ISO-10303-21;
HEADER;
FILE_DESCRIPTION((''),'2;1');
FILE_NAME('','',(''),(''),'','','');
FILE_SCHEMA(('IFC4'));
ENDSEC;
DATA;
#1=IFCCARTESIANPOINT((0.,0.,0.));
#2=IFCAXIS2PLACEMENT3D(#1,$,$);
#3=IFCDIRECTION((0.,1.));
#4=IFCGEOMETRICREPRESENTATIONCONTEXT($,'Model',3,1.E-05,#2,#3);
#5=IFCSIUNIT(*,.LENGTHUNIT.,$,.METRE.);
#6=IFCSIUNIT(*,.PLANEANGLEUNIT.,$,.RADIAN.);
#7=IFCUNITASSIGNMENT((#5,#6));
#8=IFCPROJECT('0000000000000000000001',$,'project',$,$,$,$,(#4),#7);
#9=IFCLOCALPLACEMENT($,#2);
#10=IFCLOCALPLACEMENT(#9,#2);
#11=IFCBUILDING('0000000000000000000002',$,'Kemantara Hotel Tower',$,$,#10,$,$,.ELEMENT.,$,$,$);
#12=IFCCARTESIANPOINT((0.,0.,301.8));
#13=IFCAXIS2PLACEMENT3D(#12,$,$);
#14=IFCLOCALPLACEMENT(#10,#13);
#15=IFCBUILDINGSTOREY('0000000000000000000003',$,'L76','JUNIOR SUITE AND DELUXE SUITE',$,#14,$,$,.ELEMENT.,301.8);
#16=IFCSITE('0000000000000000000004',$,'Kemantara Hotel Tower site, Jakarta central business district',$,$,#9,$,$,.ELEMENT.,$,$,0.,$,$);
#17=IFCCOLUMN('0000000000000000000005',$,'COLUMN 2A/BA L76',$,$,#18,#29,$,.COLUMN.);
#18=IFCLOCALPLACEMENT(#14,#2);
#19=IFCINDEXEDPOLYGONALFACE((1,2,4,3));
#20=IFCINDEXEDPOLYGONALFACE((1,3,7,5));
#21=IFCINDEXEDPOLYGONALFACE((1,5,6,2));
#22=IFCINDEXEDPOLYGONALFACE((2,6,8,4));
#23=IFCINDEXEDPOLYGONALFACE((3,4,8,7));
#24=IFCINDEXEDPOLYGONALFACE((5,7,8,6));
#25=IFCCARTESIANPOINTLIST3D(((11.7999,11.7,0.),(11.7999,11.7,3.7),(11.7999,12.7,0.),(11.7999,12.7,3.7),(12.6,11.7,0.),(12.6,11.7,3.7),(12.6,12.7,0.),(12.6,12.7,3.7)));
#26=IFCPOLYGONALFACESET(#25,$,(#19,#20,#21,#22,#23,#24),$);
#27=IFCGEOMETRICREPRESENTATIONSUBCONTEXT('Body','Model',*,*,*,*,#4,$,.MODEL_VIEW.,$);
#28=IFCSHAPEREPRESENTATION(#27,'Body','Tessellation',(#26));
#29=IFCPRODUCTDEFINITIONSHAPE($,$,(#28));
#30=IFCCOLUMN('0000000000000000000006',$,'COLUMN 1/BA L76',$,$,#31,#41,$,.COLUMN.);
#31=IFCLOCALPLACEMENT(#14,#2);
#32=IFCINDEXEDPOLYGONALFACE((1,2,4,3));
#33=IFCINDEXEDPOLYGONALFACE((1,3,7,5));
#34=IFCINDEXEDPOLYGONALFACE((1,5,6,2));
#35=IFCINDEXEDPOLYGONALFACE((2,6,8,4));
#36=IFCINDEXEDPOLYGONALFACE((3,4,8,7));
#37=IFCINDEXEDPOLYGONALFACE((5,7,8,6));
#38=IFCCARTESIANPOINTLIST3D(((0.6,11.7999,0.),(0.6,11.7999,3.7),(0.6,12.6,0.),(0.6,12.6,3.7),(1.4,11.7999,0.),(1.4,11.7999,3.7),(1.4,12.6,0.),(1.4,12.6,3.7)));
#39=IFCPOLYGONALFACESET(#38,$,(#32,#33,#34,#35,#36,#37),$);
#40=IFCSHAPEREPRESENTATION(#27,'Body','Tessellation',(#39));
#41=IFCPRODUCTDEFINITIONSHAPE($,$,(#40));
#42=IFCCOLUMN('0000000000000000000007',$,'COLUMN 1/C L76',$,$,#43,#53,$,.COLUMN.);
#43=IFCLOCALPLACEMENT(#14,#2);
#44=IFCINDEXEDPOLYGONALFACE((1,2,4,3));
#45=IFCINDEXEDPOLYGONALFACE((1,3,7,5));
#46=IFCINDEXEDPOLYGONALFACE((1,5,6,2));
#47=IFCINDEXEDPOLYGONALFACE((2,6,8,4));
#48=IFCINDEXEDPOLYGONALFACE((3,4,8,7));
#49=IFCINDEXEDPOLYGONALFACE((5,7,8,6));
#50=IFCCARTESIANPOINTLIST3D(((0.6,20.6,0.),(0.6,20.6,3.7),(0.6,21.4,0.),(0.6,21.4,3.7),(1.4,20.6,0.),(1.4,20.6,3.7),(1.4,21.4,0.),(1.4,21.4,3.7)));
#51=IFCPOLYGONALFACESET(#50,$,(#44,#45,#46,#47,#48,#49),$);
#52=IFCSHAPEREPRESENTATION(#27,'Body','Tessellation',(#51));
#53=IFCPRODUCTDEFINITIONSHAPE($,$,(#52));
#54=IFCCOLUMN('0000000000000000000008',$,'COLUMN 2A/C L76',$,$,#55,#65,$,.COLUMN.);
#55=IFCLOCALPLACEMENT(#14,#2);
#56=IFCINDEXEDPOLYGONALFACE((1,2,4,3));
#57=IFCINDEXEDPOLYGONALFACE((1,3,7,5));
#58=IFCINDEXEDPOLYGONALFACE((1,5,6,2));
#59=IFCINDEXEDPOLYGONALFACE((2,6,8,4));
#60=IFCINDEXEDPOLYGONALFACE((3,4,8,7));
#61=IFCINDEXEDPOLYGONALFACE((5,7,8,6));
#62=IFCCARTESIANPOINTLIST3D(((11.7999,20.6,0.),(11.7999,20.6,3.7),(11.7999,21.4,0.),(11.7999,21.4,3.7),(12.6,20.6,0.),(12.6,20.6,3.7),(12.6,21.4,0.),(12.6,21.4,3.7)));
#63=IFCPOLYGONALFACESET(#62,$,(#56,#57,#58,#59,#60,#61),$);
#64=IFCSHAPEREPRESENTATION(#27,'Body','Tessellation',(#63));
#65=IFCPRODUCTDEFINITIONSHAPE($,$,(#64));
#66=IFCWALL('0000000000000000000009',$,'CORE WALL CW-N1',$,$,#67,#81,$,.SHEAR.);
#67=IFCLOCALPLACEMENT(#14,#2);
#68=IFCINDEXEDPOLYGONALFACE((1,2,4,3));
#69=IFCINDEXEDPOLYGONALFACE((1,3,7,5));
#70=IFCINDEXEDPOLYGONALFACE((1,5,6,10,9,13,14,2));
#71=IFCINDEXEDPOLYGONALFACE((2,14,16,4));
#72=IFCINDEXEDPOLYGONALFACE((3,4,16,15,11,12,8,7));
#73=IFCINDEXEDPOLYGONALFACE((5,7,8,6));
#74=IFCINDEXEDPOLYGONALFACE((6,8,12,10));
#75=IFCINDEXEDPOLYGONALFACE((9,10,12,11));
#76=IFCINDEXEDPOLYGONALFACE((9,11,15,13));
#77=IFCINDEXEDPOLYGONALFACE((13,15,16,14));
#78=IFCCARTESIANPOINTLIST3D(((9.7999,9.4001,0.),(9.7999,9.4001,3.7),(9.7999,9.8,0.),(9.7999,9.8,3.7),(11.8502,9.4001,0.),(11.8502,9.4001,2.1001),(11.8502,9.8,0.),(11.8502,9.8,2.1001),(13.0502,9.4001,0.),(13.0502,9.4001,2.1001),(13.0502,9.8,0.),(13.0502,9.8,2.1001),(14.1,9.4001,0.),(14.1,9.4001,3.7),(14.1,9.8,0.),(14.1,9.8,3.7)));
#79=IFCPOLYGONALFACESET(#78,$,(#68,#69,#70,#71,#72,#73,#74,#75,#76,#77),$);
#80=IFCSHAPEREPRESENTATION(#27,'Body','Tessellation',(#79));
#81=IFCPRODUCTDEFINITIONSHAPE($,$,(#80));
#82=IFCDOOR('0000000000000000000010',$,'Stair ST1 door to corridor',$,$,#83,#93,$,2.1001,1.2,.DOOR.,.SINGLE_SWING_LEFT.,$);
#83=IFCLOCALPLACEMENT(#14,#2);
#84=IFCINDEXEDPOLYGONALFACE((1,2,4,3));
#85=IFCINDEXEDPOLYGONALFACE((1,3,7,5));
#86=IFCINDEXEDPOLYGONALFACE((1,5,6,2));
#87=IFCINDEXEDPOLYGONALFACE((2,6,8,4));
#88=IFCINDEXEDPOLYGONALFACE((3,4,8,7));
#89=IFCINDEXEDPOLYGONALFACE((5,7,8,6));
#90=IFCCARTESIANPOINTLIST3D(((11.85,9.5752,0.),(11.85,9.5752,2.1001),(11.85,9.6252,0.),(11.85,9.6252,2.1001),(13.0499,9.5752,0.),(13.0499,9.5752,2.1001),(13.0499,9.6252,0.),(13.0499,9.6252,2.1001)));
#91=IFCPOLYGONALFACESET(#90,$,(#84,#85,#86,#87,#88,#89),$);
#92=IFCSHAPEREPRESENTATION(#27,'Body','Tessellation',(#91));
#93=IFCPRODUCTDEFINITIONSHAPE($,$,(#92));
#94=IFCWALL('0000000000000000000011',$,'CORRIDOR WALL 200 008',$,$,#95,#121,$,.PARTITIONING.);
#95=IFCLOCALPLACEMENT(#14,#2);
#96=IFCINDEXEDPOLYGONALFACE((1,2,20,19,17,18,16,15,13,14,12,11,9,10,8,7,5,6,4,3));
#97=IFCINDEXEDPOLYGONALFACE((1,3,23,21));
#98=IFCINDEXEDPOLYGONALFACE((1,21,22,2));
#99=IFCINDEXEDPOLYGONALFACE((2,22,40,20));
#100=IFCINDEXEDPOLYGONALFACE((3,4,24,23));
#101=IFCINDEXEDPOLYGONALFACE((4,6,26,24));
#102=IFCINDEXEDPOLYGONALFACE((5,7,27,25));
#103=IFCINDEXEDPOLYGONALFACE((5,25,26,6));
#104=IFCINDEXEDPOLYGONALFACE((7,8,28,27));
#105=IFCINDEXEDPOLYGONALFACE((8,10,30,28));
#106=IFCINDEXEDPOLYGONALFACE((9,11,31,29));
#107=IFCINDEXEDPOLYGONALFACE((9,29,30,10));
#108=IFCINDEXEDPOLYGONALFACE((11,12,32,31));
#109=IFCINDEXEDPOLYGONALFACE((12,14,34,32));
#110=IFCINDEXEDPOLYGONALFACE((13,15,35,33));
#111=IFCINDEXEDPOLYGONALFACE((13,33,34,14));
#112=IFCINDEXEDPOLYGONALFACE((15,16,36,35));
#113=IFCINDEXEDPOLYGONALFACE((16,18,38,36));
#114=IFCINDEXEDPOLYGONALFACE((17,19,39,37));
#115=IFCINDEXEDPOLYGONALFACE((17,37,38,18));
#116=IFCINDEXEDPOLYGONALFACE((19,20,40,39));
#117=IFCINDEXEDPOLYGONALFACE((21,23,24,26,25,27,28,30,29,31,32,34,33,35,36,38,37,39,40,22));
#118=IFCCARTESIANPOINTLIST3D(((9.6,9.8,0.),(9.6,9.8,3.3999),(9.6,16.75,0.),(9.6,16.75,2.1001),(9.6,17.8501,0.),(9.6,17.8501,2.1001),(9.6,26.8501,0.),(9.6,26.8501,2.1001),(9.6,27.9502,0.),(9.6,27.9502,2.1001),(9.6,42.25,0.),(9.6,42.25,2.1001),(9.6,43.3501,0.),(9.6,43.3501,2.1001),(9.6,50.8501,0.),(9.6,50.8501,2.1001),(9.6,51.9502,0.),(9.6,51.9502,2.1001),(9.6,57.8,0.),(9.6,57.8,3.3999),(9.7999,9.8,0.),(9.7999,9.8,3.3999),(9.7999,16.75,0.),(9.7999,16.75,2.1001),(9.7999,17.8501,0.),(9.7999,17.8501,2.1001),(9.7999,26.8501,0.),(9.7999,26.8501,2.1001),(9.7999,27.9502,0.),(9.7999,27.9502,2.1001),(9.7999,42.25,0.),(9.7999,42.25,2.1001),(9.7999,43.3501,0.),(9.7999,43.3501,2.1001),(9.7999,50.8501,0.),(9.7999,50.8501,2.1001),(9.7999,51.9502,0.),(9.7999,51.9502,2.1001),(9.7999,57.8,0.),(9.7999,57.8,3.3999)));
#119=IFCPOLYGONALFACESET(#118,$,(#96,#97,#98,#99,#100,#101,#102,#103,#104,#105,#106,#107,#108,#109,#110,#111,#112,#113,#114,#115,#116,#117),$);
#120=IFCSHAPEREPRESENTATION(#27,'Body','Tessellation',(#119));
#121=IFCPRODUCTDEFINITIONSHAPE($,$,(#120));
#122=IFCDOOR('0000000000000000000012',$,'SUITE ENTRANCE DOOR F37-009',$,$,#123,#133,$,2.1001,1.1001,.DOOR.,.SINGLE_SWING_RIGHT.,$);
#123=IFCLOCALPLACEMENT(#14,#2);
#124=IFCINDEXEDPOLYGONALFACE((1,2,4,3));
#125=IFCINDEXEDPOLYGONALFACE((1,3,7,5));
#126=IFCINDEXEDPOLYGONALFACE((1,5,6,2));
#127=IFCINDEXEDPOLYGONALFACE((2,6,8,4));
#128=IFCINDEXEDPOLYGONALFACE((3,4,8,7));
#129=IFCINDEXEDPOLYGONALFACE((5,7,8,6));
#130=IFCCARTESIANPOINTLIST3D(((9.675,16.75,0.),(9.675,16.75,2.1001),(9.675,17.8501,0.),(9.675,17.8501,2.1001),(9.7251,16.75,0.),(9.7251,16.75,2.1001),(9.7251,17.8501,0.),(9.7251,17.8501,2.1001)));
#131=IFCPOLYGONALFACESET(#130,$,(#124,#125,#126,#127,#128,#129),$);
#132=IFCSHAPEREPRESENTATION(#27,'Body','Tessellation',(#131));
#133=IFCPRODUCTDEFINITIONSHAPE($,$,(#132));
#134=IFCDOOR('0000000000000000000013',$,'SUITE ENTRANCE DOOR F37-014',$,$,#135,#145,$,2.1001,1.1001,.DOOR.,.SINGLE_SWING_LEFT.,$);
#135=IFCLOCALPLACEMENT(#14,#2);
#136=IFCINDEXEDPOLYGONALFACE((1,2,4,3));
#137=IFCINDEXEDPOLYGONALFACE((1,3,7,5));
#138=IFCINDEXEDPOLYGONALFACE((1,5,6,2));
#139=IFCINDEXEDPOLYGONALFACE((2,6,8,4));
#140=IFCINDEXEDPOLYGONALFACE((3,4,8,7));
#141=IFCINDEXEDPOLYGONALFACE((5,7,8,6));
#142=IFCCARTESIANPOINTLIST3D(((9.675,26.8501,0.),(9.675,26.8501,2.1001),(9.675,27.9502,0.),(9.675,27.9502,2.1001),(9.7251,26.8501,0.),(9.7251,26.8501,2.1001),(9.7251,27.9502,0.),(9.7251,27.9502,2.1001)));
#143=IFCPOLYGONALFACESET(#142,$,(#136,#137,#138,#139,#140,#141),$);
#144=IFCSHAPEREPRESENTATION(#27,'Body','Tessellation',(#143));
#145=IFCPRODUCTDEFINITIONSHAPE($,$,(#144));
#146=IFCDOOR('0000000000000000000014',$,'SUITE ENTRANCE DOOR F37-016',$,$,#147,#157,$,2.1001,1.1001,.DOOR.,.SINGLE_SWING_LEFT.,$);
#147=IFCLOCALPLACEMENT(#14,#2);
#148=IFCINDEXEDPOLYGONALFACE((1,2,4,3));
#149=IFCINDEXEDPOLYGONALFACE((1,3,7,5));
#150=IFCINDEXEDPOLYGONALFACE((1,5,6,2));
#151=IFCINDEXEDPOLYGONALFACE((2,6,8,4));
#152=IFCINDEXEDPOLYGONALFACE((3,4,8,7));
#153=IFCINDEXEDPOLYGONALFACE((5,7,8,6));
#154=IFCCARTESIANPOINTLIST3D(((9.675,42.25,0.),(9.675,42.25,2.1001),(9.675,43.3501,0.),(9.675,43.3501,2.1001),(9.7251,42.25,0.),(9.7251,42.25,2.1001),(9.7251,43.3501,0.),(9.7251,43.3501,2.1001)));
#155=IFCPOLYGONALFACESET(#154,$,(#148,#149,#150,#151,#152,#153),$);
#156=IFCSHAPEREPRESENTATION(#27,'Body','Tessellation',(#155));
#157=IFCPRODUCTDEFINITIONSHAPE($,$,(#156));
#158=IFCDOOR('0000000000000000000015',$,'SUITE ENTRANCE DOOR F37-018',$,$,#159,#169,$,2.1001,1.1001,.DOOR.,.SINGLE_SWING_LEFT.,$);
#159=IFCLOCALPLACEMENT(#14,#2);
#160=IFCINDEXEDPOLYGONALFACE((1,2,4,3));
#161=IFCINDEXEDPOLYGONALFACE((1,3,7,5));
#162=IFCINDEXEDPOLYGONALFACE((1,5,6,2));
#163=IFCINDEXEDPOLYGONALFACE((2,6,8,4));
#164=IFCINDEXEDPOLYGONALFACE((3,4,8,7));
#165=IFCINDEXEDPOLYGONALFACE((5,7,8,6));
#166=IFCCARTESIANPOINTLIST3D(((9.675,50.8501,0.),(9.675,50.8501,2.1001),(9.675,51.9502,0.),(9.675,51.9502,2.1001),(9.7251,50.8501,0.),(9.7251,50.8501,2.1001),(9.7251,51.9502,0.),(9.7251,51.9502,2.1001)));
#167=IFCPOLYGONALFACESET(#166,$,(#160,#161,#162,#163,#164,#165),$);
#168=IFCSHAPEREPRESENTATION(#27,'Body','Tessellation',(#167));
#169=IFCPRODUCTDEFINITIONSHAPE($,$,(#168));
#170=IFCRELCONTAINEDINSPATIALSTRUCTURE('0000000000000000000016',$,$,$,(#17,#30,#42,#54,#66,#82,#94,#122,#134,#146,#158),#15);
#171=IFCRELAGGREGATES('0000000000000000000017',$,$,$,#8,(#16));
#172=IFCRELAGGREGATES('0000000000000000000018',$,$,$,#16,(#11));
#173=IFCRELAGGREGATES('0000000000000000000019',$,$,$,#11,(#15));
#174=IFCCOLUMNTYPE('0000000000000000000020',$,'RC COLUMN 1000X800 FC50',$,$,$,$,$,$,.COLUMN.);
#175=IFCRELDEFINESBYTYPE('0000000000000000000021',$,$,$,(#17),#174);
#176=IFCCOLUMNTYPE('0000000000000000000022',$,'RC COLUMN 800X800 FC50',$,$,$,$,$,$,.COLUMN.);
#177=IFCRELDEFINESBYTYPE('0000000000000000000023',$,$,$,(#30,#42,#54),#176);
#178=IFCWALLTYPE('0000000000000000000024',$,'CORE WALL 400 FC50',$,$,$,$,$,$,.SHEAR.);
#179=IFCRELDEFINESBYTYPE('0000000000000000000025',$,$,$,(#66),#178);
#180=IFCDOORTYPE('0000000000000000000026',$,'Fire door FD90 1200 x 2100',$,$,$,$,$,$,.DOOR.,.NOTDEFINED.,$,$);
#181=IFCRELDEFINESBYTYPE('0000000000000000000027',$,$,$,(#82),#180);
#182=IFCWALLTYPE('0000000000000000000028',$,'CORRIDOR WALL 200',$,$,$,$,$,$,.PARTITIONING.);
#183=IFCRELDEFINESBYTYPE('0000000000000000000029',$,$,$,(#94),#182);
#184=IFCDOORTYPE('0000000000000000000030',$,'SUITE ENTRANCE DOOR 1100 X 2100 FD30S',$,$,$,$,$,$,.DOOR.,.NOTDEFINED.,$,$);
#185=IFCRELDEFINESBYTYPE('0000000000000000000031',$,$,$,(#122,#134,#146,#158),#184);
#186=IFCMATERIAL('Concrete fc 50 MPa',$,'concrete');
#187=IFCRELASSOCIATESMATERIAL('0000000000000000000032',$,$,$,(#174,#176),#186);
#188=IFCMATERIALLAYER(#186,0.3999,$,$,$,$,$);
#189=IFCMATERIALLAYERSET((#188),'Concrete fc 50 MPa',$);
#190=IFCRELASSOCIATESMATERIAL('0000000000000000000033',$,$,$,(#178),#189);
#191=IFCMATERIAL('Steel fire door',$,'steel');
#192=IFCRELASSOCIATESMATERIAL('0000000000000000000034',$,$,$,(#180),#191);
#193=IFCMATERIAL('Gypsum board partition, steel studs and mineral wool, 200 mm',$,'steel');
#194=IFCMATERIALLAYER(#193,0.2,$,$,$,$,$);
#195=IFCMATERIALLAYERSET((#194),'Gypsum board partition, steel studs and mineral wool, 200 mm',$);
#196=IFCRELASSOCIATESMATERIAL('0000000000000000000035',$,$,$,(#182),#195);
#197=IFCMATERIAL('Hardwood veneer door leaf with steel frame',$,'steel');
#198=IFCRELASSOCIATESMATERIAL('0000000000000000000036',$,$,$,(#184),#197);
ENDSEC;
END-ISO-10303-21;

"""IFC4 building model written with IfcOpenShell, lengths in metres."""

from ifc_helpers import new_model, si_unit, direction, frame, frame_2d, origin, origin_2d, place, context, subcontext, project, spatial, rectangle, extrude, material, layer, layer_set, material_profile, profile_set, type_object, element, fill, save


model = new_model("IFC4")

# Units and contexts
model_context = context("Model", 3, precision=1e-05, world=origin(), true_north=direction((0.0, 1.0)))
body_context = subcontext(model_context, "Body", "Model", "MODEL_VIEW")
ifc_project = project(units=[si_unit("LENGTHUNIT", "METRE"), si_unit("PLANEANGLEUNIT", "RADIAN")], contexts=[model_context])

# Site, building, storey
site_placement = place(None, origin())
site = spatial("IfcSite", under=ifc_project, at=site_placement, Name="Kemantara Hotel Tower site, Jakarta central business district", CompositionType="ELEMENT", RefElevation=0.0)
building_placement = place(site_placement, origin())
building = spatial("IfcBuilding", under=site, at=building_placement, Name="Kemantara Hotel Tower", CompositionType="ELEMENT")
storey_placement = place(building_placement, frame((0.0, 0.0, 301.8)))
storey = spatial("IfcBuildingStorey", under=building, at=storey_placement, Name="L76", Description="JUNIOR SUITE AND DELUXE SUITE", CompositionType="ELEMENT", Elevation=301.8)

# Columns
ifc_material_1 = material(Name="Concrete fc 50 MPa", Category="concrete")
ifc_material_profile_1 = material_profile(ifc_material_1, rectangle(XDim=1.0, YDim=0.8, at=origin_2d()), Name="RC 1000X800")
ifc_profile_set_1 = profile_set([ifc_material_profile_1], Name="Concrete fc 50 MPa")
column_type_1 = type_object("IfcColumnType", Name="RC COLUMN 1000X800 FC50", PredefinedType="COLUMN", material=ifc_profile_set_1)
column_placement = place(storey_placement, frame((12.2, 12.2, 0.0), z_axis=(0.0, 0.0, 1.0), x_axis=(0.0, 1.0, 0.0)))
element("IfcColumn", 1, at=column_placement, inside=storey, type_object=column_type_1, Name="COLUMN 2A/BA L76", PredefinedType="COLUMN", context=body_context, shape_type="SweptSolid", body=[
    extrude(rectangle(XDim=1.0, YDim=0.8, at=origin_2d()), origin(), (0.0, 0.0, 1.0), 3.7),
])
ifc_material_profile_2 = material_profile(ifc_material_1, rectangle(XDim=0.8, YDim=0.8, at=origin_2d()), Name="RC 800X800")
ifc_profile_set_2 = profile_set([ifc_material_profile_2], Name="Concrete fc 50 MPa")
column_type_2 = type_object("IfcColumnType", Name="RC COLUMN 800X800 FC50", PredefinedType="COLUMN", material=ifc_profile_set_2)
for number, where, z_axis, x_axis, name in (
    (2, (1.0, 12.2, 0.0), (0.0, 0.0, 1.0), (1.0, 0.0, 0.0), "COLUMN 1/BA L76"),
    (3, (1.0, 21.0, 0.0), (0.0, 0.0, 1.0), (1.0, 0.0, 0.0), "COLUMN 1/C L76"),
    (4, (12.2, 21.0, 0.0), (0.0, 0.0, 1.0), (1.0, 0.0, 0.0), "COLUMN 2A/C L76"),
):
    element("IfcColumn", number, at=place(storey_placement, frame(where, z_axis=z_axis, x_axis=x_axis)), inside=storey, type_object=column_type_2, Name=name, PredefinedType="COLUMN", context=body_context, shape_type="SweptSolid", body=[
        extrude(rectangle(XDim=0.8, YDim=0.8, at=origin_2d()), origin(), (0.0, 0.0, 1.0), 3.7),
    ])

# Wall, opening, door
ifc_layer_1 = layer(ifc_material_1, 0.3999)
ifc_layer_set_1 = layer_set([ifc_layer_1], Name="Concrete fc 50 MPa")
wall_type_1 = type_object("IfcWallType", Name="CORE WALL 400 FC50", PredefinedType="SHEAR", material=ifc_layer_set_1)
wall_1_placement = place(storey_placement, frame((9.8, 9.6001, 0.0), z_axis=(0.0, 0.0, 1.0), x_axis=(1.0, 0.0, 0.0)))
wall_1 = element("IfcWall", 5, at=wall_1_placement, inside=storey, type_object=wall_type_1, Name="CORE WALL CW-N1", PredefinedType="SHEAR", context=body_context, shape_type="SweptSolid", body=[
    extrude(rectangle(XDim=4.3, YDim=0.3999, at=frame_2d((2.1499, 0.0))), origin(), (0.0, 0.0, 1.0), 3.7),
])
opening_1_placement = place(wall_1_placement, frame((2.05, 0.0, 0.0)))
opening_1 = element("IfcOpeningElement", 6, at=opening_1_placement, cuts=wall_1, PredefinedType="OPENING", context=body_context, shape_type="SweptSolid", body=[
    extrude(rectangle(XDim=1.2, YDim=2.1001, at=frame_2d((0.6001, 1.05))), frame((0.0, 0.21, 0.0), z_axis=(0.0, -1.0, 0.0), x_axis=(1.0, 0.0, 0.0)), (0.0, 0.0, 1.0), 0.4199),
])
ifc_material_2 = material(Name="Steel fire door", Category="steel")
door_type_1 = type_object("IfcDoorType", Name="Fire door FD90 1200 x 2100", OperationType="NOTDEFINED", PredefinedType="DOOR", material=ifc_material_2)
door_1_placement = place(opening_1_placement, frame((1.2, 0.0, 0.0), z_axis=(0.0, 0.0, 1.0), x_axis=(-1.0, 0.0, 0.0)))
door_1 = element("IfcDoor", 7, at=door_1_placement, inside=storey, type_object=door_type_1, Name="Stair ST1 door to corridor", OperationType="SINGLE_SWING_LEFT", OverallHeight=2.1001, OverallWidth=1.2, PredefinedType="DOOR", context=body_context, shape_type="SweptSolid", body=[
    extrude(rectangle(XDim=1.2, YDim=2.1001, at=frame_2d((0.6001, 1.05))), frame((0.0, 0.0249, 0.0), z_axis=(0.0, -1.0, 0.0), x_axis=(1.0, 0.0, 0.0)), (0.0, 0.0, 1.0), 0.05),
])
fill(opening_1, door_1)

# Wall, openings, doors
ifc_material_3 = material(Name="Gypsum board partition, steel studs and mineral wool, 200 mm", Category="steel")
ifc_layer_2 = layer(ifc_material_3, 0.2)
ifc_layer_set_2 = layer_set([ifc_layer_2], Name="Gypsum board partition, steel studs and mineral wool, 200 mm")
wall_type_2 = type_object("IfcWallType", Name="CORRIDOR WALL 200", PredefinedType="PARTITIONING", material=ifc_layer_set_2)
wall_2_placement = place(storey_placement, frame((9.7, 9.8, 0.0), z_axis=(0.0, 0.0, 1.0), x_axis=(0.0, 1.0, 0.0)))
wall_2 = element("IfcWall", 8, at=wall_2_placement, inside=storey, type_object=wall_type_2, Name="CORRIDOR WALL 200 008", PredefinedType="PARTITIONING", context=body_context, shape_type="SweptSolid", body=[
    extrude(rectangle(XDim=48.0, YDim=0.2, at=frame_2d((24.0, 0.0))), origin(), (0.0, 0.0, 1.0), 3.3999),
])
opening_2_placement = place(wall_2_placement, frame((6.95, 0.0, 0.0)))
opening_2 = element("IfcOpeningElement", 9, at=opening_2_placement, cuts=wall_2, PredefinedType="OPENING", context=body_context, shape_type="SweptSolid", body=[
    extrude(rectangle(XDim=1.1001, YDim=2.1001, at=frame_2d((0.55, 1.05))), frame((0.0, 0.1099, 0.0), z_axis=(0.0, -1.0, 0.0), x_axis=(1.0, 0.0, 0.0)), (0.0, 0.0, 1.0), 0.22),
])
opening_3_placement = place(wall_2_placement, frame((17.05, 0.0, 0.0)))
opening_3 = element("IfcOpeningElement", 10, at=opening_3_placement, cuts=wall_2, PredefinedType="OPENING", context=body_context, shape_type="SweptSolid", body=[
    extrude(rectangle(XDim=1.1001, YDim=2.1001, at=frame_2d((0.55, 1.05))), frame((0.0, 0.1099, 0.0), z_axis=(0.0, -1.0, 0.0), x_axis=(1.0, 0.0, 0.0)), (0.0, 0.0, 1.0), 0.22),
])
opening_4_placement = place(wall_2_placement, frame((32.45, 0.0, 0.0)))
opening_4 = element("IfcOpeningElement", 11, at=opening_4_placement, cuts=wall_2, PredefinedType="OPENING", context=body_context, shape_type="SweptSolid", body=[
    extrude(rectangle(XDim=1.1001, YDim=2.1001, at=frame_2d((0.55, 1.05))), frame((0.0, 0.1099, 0.0), z_axis=(0.0, -1.0, 0.0), x_axis=(1.0, 0.0, 0.0)), (0.0, 0.0, 1.0), 0.22),
])
opening_5_placement = place(wall_2_placement, frame((41.05, 0.0, 0.0)))
opening_5 = element("IfcOpeningElement", 12, at=opening_5_placement, cuts=wall_2, PredefinedType="OPENING", context=body_context, shape_type="SweptSolid", body=[
    extrude(rectangle(XDim=1.1001, YDim=2.1001, at=frame_2d((0.55, 1.05))), frame((0.0, 0.1099, 0.0), z_axis=(0.0, -1.0, 0.0), x_axis=(1.0, 0.0, 0.0)), (0.0, 0.0, 1.0), 0.22),
])
ifc_material_4 = material(Name="Hardwood veneer door leaf with steel frame", Category="steel")
door_type_2 = type_object("IfcDoorType", Name="SUITE ENTRANCE DOOR 1100 X 2100 FD30S", OperationType="NOTDEFINED", PredefinedType="DOOR", material=ifc_material_4)
door_2_placement = place(opening_2_placement, origin())
door_2 = element("IfcDoor", 13, at=door_2_placement, inside=storey, type_object=door_type_2, Name="SUITE ENTRANCE DOOR F37-009", OperationType="SINGLE_SWING_RIGHT", OverallHeight=2.1001, OverallWidth=1.1001, PredefinedType="DOOR", context=body_context, shape_type="SweptSolid", body=[
    extrude(rectangle(XDim=1.1001, YDim=2.1001, at=frame_2d((0.55, 1.05))), frame((0.0, 0.0249, 0.0), z_axis=(0.0, -1.0, 0.0), x_axis=(1.0, 0.0, 0.0)), (0.0, 0.0, 1.0), 0.05),
])
fill(opening_2, door_2)
door_3_placement = place(opening_3_placement, origin())
door_3 = element("IfcDoor", 14, at=door_3_placement, inside=storey, type_object=door_type_2, Name="SUITE ENTRANCE DOOR F37-014", OperationType="SINGLE_SWING_LEFT", OverallHeight=2.1001, OverallWidth=1.1001, PredefinedType="DOOR", context=body_context, shape_type="SweptSolid", body=[
    extrude(rectangle(XDim=1.1001, YDim=2.1001, at=frame_2d((0.55, 1.05))), frame((0.0, 0.0249, 0.0), z_axis=(0.0, -1.0, 0.0), x_axis=(1.0, 0.0, 0.0)), (0.0, 0.0, 1.0), 0.05),
])
fill(opening_3, door_3)
door_4_placement = place(opening_4_placement, origin())
door_4 = element("IfcDoor", 15, at=door_4_placement, inside=storey, type_object=door_type_2, Name="SUITE ENTRANCE DOOR F37-016", OperationType="SINGLE_SWING_LEFT", OverallHeight=2.1001, OverallWidth=1.1001, PredefinedType="DOOR", context=body_context, shape_type="SweptSolid", body=[
    extrude(rectangle(XDim=1.1001, YDim=2.1001, at=frame_2d((0.55, 1.05))), frame((0.0, 0.0249, 0.0), z_axis=(0.0, -1.0, 0.0), x_axis=(1.0, 0.0, 0.0)), (0.0, 0.0, 1.0), 0.05),
])
fill(opening_4, door_4)
door_5_placement = place(opening_5_placement, origin())
door_5 = element("IfcDoor", 16, at=door_5_placement, inside=storey, type_object=door_type_2, Name="SUITE ENTRANCE DOOR F37-018", OperationType="SINGLE_SWING_LEFT", OverallHeight=2.1001, OverallWidth=1.1001, PredefinedType="DOOR", context=body_context, shape_type="SweptSolid", body=[
    extrude(rectangle(XDim=1.1001, YDim=2.1001, at=frame_2d((0.55, 1.05))), frame((0.0, 0.0249, 0.0), z_axis=(0.0, -1.0, 0.0), x_axis=(1.0, 0.0, 0.0)), (0.0, 0.0, 1.0), 0.05),
])
fill(opening_5, door_5)

save(model, "model.ifc")
